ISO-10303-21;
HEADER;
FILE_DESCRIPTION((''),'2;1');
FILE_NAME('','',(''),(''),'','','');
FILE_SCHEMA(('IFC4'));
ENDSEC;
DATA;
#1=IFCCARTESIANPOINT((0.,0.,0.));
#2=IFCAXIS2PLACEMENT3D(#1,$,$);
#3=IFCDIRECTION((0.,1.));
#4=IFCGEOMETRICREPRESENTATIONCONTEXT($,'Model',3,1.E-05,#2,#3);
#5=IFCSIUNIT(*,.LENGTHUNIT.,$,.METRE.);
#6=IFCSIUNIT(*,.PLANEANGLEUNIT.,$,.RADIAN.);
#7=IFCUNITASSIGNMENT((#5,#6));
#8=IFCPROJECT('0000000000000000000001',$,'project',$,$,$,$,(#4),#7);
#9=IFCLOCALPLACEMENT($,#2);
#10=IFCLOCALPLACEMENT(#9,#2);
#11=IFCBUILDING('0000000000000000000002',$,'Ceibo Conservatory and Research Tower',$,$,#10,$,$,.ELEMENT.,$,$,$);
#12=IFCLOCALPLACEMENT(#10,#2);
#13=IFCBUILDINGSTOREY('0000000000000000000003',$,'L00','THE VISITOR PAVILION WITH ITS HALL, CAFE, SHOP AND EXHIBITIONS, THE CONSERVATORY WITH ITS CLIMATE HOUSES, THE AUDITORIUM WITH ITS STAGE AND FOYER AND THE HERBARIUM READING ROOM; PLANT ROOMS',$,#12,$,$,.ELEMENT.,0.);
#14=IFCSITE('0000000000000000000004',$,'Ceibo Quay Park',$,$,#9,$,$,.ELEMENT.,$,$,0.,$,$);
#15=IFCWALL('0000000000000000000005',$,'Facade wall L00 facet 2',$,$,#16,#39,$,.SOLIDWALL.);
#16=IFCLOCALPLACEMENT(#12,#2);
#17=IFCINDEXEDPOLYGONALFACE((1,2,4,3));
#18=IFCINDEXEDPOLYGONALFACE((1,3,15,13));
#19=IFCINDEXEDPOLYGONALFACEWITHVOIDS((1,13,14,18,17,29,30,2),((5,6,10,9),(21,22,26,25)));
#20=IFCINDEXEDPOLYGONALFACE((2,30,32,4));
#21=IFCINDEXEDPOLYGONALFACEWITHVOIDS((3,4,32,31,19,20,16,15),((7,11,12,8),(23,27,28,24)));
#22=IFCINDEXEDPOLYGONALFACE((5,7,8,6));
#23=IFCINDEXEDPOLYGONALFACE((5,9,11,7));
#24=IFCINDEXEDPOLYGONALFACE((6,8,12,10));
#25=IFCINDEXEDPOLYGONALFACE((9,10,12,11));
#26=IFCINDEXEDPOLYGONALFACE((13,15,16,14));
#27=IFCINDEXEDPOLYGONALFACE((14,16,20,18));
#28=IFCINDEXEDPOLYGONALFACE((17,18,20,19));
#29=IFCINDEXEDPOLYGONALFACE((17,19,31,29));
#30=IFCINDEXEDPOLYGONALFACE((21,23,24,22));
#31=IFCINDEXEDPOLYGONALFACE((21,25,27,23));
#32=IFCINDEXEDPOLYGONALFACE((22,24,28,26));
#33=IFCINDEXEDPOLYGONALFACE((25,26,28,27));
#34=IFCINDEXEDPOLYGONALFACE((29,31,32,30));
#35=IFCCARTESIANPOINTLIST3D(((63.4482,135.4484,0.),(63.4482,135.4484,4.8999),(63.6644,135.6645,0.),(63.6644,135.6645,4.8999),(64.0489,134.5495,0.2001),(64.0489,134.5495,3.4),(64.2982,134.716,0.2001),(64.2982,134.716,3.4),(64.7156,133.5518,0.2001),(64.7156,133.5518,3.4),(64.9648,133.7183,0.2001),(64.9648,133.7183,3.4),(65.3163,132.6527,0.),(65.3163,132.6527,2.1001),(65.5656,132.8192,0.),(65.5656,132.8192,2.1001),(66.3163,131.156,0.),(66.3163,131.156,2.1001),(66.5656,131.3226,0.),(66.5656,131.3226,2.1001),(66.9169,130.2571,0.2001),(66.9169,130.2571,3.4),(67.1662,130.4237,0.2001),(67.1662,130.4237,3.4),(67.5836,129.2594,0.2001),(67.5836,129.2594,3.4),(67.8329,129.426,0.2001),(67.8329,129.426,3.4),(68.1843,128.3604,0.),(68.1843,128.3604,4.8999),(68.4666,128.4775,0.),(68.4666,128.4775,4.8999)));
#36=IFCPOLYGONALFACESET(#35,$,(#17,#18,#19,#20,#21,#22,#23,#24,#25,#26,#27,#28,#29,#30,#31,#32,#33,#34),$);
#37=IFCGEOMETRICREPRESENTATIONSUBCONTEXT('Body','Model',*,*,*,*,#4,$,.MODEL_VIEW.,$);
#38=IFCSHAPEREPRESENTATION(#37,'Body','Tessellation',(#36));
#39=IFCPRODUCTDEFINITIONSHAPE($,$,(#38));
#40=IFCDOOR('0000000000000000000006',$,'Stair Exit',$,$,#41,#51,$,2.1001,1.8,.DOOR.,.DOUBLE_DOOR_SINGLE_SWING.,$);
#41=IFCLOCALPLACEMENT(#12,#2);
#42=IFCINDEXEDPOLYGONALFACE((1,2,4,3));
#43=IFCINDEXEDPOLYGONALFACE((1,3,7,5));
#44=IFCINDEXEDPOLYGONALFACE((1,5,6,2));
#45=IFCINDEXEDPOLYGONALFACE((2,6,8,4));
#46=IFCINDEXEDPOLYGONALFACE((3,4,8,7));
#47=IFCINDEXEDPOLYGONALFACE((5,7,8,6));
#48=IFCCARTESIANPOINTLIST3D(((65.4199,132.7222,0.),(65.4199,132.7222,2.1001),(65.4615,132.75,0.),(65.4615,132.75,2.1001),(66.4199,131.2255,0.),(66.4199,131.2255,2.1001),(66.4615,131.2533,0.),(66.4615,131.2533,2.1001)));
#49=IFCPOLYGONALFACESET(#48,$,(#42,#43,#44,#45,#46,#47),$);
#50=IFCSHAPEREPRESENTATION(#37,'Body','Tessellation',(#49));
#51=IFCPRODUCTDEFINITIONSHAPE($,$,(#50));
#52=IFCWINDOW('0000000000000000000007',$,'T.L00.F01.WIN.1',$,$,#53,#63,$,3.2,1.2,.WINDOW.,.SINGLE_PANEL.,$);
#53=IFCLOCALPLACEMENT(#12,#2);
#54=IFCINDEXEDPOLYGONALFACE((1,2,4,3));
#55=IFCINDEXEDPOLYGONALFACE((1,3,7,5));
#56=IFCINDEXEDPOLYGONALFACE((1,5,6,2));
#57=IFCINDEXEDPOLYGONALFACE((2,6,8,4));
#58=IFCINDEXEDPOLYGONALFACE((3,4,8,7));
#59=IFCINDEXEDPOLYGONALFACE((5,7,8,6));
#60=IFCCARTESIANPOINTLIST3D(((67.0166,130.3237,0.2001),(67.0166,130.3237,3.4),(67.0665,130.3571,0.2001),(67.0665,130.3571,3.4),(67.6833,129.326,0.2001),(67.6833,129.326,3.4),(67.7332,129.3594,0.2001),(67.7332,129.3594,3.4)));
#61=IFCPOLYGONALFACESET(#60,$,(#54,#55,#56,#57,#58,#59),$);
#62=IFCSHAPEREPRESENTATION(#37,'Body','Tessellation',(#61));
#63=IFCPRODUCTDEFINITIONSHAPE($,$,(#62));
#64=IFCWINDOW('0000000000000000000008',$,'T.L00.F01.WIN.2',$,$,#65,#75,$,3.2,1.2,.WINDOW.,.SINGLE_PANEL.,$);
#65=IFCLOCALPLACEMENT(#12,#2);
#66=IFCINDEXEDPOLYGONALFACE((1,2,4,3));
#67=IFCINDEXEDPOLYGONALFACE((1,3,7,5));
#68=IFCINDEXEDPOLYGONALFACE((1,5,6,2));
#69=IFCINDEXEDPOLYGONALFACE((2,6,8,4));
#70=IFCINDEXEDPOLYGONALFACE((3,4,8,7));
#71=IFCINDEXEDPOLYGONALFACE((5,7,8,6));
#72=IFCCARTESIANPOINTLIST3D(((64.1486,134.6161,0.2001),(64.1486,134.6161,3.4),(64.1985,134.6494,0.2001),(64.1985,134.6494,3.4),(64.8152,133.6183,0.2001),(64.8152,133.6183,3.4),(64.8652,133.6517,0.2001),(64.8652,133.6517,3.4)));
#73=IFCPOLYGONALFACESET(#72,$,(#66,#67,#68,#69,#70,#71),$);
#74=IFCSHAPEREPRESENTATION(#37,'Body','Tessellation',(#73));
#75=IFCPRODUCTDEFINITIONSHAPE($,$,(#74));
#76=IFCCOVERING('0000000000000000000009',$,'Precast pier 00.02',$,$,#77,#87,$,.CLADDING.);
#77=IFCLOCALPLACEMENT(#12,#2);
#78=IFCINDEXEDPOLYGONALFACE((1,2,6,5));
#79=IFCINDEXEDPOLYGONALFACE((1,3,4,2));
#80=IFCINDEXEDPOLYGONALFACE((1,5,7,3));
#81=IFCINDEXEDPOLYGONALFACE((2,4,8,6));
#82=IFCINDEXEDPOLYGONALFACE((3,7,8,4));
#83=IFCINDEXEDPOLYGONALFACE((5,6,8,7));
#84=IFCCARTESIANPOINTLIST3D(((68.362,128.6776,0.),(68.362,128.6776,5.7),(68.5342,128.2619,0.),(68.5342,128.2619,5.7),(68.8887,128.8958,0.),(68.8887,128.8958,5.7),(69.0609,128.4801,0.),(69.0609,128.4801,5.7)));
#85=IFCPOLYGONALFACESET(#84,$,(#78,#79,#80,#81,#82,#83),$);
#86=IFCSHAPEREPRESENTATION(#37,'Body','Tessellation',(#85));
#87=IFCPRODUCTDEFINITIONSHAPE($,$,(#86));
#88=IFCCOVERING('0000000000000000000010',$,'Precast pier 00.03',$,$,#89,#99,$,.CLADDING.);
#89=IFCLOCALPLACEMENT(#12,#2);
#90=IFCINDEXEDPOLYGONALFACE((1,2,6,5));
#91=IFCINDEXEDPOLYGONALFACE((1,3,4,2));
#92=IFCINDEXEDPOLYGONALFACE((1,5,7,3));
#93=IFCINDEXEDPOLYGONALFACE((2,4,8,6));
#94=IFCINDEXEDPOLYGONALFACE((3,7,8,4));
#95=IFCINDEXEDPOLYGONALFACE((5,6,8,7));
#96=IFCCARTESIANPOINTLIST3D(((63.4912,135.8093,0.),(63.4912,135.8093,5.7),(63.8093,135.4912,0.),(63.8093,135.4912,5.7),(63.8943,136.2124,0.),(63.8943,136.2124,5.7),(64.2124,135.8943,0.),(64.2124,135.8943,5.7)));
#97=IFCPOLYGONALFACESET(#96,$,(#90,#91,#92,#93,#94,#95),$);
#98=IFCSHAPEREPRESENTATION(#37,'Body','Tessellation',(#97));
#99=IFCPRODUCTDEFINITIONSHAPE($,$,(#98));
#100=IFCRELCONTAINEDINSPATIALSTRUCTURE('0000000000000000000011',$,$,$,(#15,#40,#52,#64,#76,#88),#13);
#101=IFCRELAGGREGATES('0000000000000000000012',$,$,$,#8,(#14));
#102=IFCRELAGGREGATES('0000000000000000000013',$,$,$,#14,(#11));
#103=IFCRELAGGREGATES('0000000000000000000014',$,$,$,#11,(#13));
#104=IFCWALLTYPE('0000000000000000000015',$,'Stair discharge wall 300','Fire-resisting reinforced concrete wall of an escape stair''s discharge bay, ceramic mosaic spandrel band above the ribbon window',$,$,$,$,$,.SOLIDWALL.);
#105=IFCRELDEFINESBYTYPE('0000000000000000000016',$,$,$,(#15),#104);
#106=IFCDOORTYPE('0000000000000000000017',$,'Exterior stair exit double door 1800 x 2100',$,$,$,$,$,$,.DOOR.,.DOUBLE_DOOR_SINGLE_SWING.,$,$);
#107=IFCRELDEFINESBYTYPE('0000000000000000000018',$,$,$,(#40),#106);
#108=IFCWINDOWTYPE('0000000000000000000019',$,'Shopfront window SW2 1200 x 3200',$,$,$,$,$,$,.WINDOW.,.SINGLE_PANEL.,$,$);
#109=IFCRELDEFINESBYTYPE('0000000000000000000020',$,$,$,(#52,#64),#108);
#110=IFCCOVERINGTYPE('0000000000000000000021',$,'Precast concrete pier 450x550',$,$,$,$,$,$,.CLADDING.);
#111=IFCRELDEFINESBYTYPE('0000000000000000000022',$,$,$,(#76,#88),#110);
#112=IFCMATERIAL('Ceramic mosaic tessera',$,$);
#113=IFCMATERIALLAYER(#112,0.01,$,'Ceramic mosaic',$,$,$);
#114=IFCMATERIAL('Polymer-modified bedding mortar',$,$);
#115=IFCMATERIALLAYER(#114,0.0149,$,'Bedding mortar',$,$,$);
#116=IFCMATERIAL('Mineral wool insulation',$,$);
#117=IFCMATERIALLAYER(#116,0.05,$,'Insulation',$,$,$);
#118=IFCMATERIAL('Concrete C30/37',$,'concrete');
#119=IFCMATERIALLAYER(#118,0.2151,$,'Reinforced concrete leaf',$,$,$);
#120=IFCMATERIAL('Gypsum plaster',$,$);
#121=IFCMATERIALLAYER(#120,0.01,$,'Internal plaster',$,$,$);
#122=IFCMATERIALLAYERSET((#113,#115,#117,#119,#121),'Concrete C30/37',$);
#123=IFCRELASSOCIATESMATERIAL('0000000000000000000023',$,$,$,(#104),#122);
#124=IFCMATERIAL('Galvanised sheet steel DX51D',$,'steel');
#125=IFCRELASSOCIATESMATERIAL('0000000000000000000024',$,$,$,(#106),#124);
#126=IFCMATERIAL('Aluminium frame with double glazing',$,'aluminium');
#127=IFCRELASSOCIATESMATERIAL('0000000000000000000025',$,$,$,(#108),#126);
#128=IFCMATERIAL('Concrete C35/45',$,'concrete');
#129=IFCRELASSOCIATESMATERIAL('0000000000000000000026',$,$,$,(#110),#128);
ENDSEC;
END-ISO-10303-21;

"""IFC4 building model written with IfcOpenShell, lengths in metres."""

from ifc_helpers import new_model, si_unit, direction, frame, frame_2d, origin, origin_2d, place, context, subcontext, project, spatial, polyline, rectangle, outline, extrude, material, layer, layer_set, type_object, element, fill, save


model = new_model("IFC4")

# Units and contexts
model_context = context("Model", 3, precision=1e-05, world=origin(), true_north=direction((0.0, 1.0)))
body_context = subcontext(model_context, "Body", "Model", "MODEL_VIEW")
ifc_project = project(units=[si_unit("LENGTHUNIT", "METRE"), si_unit("PLANEANGLEUNIT", "RADIAN")], contexts=[model_context])

# Site, building, storey
site_placement = place(None, origin())
site = spatial("IfcSite", under=ifc_project, at=site_placement, Name="Ceibo Quay Park", CompositionType="ELEMENT", RefElevation=0.0)
building_placement = place(site_placement, origin())
building = spatial("IfcBuilding", under=site, at=building_placement, Name="Ceibo Conservatory and Research Tower", CompositionType="ELEMENT")
storey_placement = place(building_placement, origin())
storey = spatial("IfcBuildingStorey", under=building, at=storey_placement, Name="L00", Description="THE VISITOR PAVILION WITH ITS HALL, CAFE, SHOP AND EXHIBITIONS, THE CONSERVATORY WITH ITS CLIMATE HOUSES, THE AUDITORIUM WITH ITS STAGE AND FOYER AND THE HERBARIUM READING ROOM; PLANT ROOMS", CompositionType="ELEMENT", Elevation=0.0)

# Shared definitions
ifc_material_1 = material(Name="Concrete C35/45", Category="concrete")

# Wall, openings, door, windows
ifc_material_2 = material(Name="Ceramic mosaic tessera")
ifc_layer_1 = layer(ifc_material_2, 0.01, Name="Ceramic mosaic")
ifc_material_3 = material(Name="Polymer-modified bedding mortar")
ifc_layer_2 = layer(ifc_material_3, 0.0149, Name="Bedding mortar")
ifc_material_4 = material(Name="Mineral wool insulation")
ifc_layer_3 = layer(ifc_material_4, 0.05, Name="Insulation")
ifc_material_5 = material(Name="Concrete C30/37", Category="concrete")
ifc_layer_4 = layer(ifc_material_5, 0.2151, Name="Reinforced concrete leaf")
ifc_material_6 = material(Name="Gypsum plaster")
ifc_layer_5 = layer(ifc_material_6, 0.01, Name="Internal plaster")
ifc_layer_set_1 = layer_set([ifc_layer_1, ifc_layer_2, ifc_layer_3, ifc_layer_4, ifc_layer_5], Name="Concrete C30/37")
wall_type_1 = type_object("IfcWallType", Name="Stair discharge wall 300", Description="Fire-resisting reinforced concrete wall of an escape stair's discharge bay, ceramic mosaic spandrel band above the ribbon window", PredefinedType="SOLIDWALL", material=ifc_layer_set_1)
wall_1_placement = place(storey_placement, frame((68.3254, 128.4189, 0.0), z_axis=(0.0, 0.0, 1.0), x_axis=(-0.555566, 0.831472, 0.0)))
wall_1 = element("IfcWall", 1, at=wall_1_placement, inside=storey, type_object=wall_type_1, Name="Facade wall L00 facet 2", PredefinedType="SOLIDWALL", context=body_context, shape_type="SweptSolid", body=[
    extrude(outline(polyline([(-0.0298, -0.1499), (8.614, -0.1499), (8.5544, 0.1499), (0.0298, 0.1499), (-0.0298, -0.1499)])), origin(), (0.0, 0.0, 1.0), 4.8999),
])
opening_1_placement = place(wall_1_placement, frame((3.3921, 0.0, 0.0)))
opening_1 = element("IfcOpeningElement", 2, at=opening_1_placement, cuts=wall_1, PredefinedType="OPENING", context=body_context, shape_type="SweptSolid", body=[
    extrude(rectangle(XDim=1.8, YDim=2.1001, at=frame_2d((0.8999, 1.05))), frame((0.0, 0.1599, 0.0), z_axis=(0.0, -1.0, 0.0), x_axis=(1.0, 0.0, 0.0)), (0.0, 0.0, 1.0), 0.3201),
])
opening_2_placement = place(wall_1_placement, frame((1.1108, 0.0, 0.2)))
opening_2 = element("IfcOpeningElement", 3, at=opening_2_placement, cuts=wall_1, PredefinedType="OPENING", context=body_context, shape_type="SweptSolid", body=[
    extrude(rectangle(XDim=1.2, YDim=3.2, at=frame_2d((0.6001, 1.6001))), frame((0.0, 0.1599, 0.0), z_axis=(0.0, -1.0, 0.0), x_axis=(1.0, 0.0, 0.0)), (0.0, 0.0, 1.0), 0.3201),
])
opening_3_placement = place(wall_1_placement, frame((6.2732, 0.0, 0.2)))
opening_3 = element("IfcOpeningElement", 4, at=opening_3_placement, cuts=wall_1, PredefinedType="OPENING", context=body_context, shape_type="SweptSolid", body=[
    extrude(rectangle(XDim=1.2, YDim=3.2, at=frame_2d((0.6001, 1.6001))), frame((0.0, 0.1599, 0.0), z_axis=(0.0, -1.0, 0.0), x_axis=(1.0, 0.0, 0.0)), (0.0, 0.0, 1.0), 0.3201),
])
ifc_material_7 = material(Name="Galvanised sheet steel DX51D", Category="steel")
door_type = type_object("IfcDoorType", Name="Exterior stair exit double door 1800 x 2100", OperationType="DOUBLE_DOOR_SINGLE_SWING", PredefinedType="DOOR", material=ifc_material_7)
door_placement = place(opening_1_placement, frame((1.8, 0.0, 0.0), z_axis=(0.0, 0.0, 1.0), x_axis=(-1.0, 0.0, 0.0)))
door = element("IfcDoor", 5, at=door_placement, inside=storey, type_object=door_type, Name="Stair Exit", OperationType="DOUBLE_DOOR_SINGLE_SWING", OverallHeight=2.1001, OverallWidth=1.8, PredefinedType="DOOR", context=body_context, shape_type="SweptSolid", body=[
    extrude(rectangle(XDim=1.8, YDim=2.1001, at=frame_2d((0.8999, 1.05))), frame((0.0, 0.0249, 0.0), z_axis=(0.0, -1.0, 0.0), x_axis=(1.0, 0.0, 0.0)), (0.0, 0.0, 1.0), 0.05),
])
fill(opening_1, door)
ifc_material_8 = material(Name="Aluminium frame with double glazing", Category="aluminium")
window_type = type_object("IfcWindowType", Name="Shopfront window SW2 1200 x 3200", PartitioningType="SINGLE_PANEL", PredefinedType="WINDOW", material=ifc_material_8)
window_1_placement = place(opening_2_placement, origin())
window_1 = element("IfcWindow", 6, at=window_1_placement, inside=storey, type_object=window_type, Name="T.L00.F01.WIN.1", OverallHeight=3.2, OverallWidth=1.2, PartitioningType="SINGLE_PANEL", PredefinedType="WINDOW", context=body_context, shape_type="SweptSolid", body=[
    extrude(rectangle(XDim=1.2, YDim=3.2, at=frame_2d((0.6001, 1.6001))), frame((0.0, 0.03, 0.0), z_axis=(0.0, -1.0, 0.0), x_axis=(1.0, 0.0, 0.0)), (0.0, 0.0, 1.0), 0.0601),
])
fill(opening_2, window_1)
window_2_placement = place(opening_3_placement, origin())
window_2 = element("IfcWindow", 7, at=window_2_placement, inside=storey, type_object=window_type, Name="T.L00.F01.WIN.2", OverallHeight=3.2, OverallWidth=1.2, PartitioningType="SINGLE_PANEL", PredefinedType="WINDOW", context=body_context, shape_type="SweptSolid", body=[
    extrude(rectangle(XDim=1.2, YDim=3.2, at=frame_2d((0.6001, 1.6001))), frame((0.0, 0.03, 0.0), z_axis=(0.0, -1.0, 0.0), x_axis=(1.0, 0.0, 0.0)), (0.0, 0.0, 1.0), 0.0601),
])
fill(opening_3, window_2)

# Coverings
covering_type = type_object("IfcCoveringType", Name="Precast concrete pier 450x550", PredefinedType="CLADDING", material=ifc_material_1)
for number, where, z_axis, x_axis, name in (
    (8, (68.7114, 128.5789, 0.0), (0.0, 0.0, 1.0), (0.92388, 0.382683, 0.0), "Precast pier 00.02"),
    (9, (63.8518, 135.8518, 0.0), (0.0, 0.0, 1.0), (0.707107, 0.707107, 0.0), "Precast pier 00.03"),
):
    element("IfcCovering", number, at=place(storey_placement, frame(where, z_axis=z_axis, x_axis=x_axis)), inside=storey, type_object=covering_type, Name=name, PredefinedType="CLADDING", context=body_context, shape_type="SweptSolid", body=[
        extrude(rectangle(XDim=0.5701, YDim=0.45, at=origin_2d()), origin(), (0.0, 0.0, 1.0), 5.7),
    ])

save(model, "model.ifc")
